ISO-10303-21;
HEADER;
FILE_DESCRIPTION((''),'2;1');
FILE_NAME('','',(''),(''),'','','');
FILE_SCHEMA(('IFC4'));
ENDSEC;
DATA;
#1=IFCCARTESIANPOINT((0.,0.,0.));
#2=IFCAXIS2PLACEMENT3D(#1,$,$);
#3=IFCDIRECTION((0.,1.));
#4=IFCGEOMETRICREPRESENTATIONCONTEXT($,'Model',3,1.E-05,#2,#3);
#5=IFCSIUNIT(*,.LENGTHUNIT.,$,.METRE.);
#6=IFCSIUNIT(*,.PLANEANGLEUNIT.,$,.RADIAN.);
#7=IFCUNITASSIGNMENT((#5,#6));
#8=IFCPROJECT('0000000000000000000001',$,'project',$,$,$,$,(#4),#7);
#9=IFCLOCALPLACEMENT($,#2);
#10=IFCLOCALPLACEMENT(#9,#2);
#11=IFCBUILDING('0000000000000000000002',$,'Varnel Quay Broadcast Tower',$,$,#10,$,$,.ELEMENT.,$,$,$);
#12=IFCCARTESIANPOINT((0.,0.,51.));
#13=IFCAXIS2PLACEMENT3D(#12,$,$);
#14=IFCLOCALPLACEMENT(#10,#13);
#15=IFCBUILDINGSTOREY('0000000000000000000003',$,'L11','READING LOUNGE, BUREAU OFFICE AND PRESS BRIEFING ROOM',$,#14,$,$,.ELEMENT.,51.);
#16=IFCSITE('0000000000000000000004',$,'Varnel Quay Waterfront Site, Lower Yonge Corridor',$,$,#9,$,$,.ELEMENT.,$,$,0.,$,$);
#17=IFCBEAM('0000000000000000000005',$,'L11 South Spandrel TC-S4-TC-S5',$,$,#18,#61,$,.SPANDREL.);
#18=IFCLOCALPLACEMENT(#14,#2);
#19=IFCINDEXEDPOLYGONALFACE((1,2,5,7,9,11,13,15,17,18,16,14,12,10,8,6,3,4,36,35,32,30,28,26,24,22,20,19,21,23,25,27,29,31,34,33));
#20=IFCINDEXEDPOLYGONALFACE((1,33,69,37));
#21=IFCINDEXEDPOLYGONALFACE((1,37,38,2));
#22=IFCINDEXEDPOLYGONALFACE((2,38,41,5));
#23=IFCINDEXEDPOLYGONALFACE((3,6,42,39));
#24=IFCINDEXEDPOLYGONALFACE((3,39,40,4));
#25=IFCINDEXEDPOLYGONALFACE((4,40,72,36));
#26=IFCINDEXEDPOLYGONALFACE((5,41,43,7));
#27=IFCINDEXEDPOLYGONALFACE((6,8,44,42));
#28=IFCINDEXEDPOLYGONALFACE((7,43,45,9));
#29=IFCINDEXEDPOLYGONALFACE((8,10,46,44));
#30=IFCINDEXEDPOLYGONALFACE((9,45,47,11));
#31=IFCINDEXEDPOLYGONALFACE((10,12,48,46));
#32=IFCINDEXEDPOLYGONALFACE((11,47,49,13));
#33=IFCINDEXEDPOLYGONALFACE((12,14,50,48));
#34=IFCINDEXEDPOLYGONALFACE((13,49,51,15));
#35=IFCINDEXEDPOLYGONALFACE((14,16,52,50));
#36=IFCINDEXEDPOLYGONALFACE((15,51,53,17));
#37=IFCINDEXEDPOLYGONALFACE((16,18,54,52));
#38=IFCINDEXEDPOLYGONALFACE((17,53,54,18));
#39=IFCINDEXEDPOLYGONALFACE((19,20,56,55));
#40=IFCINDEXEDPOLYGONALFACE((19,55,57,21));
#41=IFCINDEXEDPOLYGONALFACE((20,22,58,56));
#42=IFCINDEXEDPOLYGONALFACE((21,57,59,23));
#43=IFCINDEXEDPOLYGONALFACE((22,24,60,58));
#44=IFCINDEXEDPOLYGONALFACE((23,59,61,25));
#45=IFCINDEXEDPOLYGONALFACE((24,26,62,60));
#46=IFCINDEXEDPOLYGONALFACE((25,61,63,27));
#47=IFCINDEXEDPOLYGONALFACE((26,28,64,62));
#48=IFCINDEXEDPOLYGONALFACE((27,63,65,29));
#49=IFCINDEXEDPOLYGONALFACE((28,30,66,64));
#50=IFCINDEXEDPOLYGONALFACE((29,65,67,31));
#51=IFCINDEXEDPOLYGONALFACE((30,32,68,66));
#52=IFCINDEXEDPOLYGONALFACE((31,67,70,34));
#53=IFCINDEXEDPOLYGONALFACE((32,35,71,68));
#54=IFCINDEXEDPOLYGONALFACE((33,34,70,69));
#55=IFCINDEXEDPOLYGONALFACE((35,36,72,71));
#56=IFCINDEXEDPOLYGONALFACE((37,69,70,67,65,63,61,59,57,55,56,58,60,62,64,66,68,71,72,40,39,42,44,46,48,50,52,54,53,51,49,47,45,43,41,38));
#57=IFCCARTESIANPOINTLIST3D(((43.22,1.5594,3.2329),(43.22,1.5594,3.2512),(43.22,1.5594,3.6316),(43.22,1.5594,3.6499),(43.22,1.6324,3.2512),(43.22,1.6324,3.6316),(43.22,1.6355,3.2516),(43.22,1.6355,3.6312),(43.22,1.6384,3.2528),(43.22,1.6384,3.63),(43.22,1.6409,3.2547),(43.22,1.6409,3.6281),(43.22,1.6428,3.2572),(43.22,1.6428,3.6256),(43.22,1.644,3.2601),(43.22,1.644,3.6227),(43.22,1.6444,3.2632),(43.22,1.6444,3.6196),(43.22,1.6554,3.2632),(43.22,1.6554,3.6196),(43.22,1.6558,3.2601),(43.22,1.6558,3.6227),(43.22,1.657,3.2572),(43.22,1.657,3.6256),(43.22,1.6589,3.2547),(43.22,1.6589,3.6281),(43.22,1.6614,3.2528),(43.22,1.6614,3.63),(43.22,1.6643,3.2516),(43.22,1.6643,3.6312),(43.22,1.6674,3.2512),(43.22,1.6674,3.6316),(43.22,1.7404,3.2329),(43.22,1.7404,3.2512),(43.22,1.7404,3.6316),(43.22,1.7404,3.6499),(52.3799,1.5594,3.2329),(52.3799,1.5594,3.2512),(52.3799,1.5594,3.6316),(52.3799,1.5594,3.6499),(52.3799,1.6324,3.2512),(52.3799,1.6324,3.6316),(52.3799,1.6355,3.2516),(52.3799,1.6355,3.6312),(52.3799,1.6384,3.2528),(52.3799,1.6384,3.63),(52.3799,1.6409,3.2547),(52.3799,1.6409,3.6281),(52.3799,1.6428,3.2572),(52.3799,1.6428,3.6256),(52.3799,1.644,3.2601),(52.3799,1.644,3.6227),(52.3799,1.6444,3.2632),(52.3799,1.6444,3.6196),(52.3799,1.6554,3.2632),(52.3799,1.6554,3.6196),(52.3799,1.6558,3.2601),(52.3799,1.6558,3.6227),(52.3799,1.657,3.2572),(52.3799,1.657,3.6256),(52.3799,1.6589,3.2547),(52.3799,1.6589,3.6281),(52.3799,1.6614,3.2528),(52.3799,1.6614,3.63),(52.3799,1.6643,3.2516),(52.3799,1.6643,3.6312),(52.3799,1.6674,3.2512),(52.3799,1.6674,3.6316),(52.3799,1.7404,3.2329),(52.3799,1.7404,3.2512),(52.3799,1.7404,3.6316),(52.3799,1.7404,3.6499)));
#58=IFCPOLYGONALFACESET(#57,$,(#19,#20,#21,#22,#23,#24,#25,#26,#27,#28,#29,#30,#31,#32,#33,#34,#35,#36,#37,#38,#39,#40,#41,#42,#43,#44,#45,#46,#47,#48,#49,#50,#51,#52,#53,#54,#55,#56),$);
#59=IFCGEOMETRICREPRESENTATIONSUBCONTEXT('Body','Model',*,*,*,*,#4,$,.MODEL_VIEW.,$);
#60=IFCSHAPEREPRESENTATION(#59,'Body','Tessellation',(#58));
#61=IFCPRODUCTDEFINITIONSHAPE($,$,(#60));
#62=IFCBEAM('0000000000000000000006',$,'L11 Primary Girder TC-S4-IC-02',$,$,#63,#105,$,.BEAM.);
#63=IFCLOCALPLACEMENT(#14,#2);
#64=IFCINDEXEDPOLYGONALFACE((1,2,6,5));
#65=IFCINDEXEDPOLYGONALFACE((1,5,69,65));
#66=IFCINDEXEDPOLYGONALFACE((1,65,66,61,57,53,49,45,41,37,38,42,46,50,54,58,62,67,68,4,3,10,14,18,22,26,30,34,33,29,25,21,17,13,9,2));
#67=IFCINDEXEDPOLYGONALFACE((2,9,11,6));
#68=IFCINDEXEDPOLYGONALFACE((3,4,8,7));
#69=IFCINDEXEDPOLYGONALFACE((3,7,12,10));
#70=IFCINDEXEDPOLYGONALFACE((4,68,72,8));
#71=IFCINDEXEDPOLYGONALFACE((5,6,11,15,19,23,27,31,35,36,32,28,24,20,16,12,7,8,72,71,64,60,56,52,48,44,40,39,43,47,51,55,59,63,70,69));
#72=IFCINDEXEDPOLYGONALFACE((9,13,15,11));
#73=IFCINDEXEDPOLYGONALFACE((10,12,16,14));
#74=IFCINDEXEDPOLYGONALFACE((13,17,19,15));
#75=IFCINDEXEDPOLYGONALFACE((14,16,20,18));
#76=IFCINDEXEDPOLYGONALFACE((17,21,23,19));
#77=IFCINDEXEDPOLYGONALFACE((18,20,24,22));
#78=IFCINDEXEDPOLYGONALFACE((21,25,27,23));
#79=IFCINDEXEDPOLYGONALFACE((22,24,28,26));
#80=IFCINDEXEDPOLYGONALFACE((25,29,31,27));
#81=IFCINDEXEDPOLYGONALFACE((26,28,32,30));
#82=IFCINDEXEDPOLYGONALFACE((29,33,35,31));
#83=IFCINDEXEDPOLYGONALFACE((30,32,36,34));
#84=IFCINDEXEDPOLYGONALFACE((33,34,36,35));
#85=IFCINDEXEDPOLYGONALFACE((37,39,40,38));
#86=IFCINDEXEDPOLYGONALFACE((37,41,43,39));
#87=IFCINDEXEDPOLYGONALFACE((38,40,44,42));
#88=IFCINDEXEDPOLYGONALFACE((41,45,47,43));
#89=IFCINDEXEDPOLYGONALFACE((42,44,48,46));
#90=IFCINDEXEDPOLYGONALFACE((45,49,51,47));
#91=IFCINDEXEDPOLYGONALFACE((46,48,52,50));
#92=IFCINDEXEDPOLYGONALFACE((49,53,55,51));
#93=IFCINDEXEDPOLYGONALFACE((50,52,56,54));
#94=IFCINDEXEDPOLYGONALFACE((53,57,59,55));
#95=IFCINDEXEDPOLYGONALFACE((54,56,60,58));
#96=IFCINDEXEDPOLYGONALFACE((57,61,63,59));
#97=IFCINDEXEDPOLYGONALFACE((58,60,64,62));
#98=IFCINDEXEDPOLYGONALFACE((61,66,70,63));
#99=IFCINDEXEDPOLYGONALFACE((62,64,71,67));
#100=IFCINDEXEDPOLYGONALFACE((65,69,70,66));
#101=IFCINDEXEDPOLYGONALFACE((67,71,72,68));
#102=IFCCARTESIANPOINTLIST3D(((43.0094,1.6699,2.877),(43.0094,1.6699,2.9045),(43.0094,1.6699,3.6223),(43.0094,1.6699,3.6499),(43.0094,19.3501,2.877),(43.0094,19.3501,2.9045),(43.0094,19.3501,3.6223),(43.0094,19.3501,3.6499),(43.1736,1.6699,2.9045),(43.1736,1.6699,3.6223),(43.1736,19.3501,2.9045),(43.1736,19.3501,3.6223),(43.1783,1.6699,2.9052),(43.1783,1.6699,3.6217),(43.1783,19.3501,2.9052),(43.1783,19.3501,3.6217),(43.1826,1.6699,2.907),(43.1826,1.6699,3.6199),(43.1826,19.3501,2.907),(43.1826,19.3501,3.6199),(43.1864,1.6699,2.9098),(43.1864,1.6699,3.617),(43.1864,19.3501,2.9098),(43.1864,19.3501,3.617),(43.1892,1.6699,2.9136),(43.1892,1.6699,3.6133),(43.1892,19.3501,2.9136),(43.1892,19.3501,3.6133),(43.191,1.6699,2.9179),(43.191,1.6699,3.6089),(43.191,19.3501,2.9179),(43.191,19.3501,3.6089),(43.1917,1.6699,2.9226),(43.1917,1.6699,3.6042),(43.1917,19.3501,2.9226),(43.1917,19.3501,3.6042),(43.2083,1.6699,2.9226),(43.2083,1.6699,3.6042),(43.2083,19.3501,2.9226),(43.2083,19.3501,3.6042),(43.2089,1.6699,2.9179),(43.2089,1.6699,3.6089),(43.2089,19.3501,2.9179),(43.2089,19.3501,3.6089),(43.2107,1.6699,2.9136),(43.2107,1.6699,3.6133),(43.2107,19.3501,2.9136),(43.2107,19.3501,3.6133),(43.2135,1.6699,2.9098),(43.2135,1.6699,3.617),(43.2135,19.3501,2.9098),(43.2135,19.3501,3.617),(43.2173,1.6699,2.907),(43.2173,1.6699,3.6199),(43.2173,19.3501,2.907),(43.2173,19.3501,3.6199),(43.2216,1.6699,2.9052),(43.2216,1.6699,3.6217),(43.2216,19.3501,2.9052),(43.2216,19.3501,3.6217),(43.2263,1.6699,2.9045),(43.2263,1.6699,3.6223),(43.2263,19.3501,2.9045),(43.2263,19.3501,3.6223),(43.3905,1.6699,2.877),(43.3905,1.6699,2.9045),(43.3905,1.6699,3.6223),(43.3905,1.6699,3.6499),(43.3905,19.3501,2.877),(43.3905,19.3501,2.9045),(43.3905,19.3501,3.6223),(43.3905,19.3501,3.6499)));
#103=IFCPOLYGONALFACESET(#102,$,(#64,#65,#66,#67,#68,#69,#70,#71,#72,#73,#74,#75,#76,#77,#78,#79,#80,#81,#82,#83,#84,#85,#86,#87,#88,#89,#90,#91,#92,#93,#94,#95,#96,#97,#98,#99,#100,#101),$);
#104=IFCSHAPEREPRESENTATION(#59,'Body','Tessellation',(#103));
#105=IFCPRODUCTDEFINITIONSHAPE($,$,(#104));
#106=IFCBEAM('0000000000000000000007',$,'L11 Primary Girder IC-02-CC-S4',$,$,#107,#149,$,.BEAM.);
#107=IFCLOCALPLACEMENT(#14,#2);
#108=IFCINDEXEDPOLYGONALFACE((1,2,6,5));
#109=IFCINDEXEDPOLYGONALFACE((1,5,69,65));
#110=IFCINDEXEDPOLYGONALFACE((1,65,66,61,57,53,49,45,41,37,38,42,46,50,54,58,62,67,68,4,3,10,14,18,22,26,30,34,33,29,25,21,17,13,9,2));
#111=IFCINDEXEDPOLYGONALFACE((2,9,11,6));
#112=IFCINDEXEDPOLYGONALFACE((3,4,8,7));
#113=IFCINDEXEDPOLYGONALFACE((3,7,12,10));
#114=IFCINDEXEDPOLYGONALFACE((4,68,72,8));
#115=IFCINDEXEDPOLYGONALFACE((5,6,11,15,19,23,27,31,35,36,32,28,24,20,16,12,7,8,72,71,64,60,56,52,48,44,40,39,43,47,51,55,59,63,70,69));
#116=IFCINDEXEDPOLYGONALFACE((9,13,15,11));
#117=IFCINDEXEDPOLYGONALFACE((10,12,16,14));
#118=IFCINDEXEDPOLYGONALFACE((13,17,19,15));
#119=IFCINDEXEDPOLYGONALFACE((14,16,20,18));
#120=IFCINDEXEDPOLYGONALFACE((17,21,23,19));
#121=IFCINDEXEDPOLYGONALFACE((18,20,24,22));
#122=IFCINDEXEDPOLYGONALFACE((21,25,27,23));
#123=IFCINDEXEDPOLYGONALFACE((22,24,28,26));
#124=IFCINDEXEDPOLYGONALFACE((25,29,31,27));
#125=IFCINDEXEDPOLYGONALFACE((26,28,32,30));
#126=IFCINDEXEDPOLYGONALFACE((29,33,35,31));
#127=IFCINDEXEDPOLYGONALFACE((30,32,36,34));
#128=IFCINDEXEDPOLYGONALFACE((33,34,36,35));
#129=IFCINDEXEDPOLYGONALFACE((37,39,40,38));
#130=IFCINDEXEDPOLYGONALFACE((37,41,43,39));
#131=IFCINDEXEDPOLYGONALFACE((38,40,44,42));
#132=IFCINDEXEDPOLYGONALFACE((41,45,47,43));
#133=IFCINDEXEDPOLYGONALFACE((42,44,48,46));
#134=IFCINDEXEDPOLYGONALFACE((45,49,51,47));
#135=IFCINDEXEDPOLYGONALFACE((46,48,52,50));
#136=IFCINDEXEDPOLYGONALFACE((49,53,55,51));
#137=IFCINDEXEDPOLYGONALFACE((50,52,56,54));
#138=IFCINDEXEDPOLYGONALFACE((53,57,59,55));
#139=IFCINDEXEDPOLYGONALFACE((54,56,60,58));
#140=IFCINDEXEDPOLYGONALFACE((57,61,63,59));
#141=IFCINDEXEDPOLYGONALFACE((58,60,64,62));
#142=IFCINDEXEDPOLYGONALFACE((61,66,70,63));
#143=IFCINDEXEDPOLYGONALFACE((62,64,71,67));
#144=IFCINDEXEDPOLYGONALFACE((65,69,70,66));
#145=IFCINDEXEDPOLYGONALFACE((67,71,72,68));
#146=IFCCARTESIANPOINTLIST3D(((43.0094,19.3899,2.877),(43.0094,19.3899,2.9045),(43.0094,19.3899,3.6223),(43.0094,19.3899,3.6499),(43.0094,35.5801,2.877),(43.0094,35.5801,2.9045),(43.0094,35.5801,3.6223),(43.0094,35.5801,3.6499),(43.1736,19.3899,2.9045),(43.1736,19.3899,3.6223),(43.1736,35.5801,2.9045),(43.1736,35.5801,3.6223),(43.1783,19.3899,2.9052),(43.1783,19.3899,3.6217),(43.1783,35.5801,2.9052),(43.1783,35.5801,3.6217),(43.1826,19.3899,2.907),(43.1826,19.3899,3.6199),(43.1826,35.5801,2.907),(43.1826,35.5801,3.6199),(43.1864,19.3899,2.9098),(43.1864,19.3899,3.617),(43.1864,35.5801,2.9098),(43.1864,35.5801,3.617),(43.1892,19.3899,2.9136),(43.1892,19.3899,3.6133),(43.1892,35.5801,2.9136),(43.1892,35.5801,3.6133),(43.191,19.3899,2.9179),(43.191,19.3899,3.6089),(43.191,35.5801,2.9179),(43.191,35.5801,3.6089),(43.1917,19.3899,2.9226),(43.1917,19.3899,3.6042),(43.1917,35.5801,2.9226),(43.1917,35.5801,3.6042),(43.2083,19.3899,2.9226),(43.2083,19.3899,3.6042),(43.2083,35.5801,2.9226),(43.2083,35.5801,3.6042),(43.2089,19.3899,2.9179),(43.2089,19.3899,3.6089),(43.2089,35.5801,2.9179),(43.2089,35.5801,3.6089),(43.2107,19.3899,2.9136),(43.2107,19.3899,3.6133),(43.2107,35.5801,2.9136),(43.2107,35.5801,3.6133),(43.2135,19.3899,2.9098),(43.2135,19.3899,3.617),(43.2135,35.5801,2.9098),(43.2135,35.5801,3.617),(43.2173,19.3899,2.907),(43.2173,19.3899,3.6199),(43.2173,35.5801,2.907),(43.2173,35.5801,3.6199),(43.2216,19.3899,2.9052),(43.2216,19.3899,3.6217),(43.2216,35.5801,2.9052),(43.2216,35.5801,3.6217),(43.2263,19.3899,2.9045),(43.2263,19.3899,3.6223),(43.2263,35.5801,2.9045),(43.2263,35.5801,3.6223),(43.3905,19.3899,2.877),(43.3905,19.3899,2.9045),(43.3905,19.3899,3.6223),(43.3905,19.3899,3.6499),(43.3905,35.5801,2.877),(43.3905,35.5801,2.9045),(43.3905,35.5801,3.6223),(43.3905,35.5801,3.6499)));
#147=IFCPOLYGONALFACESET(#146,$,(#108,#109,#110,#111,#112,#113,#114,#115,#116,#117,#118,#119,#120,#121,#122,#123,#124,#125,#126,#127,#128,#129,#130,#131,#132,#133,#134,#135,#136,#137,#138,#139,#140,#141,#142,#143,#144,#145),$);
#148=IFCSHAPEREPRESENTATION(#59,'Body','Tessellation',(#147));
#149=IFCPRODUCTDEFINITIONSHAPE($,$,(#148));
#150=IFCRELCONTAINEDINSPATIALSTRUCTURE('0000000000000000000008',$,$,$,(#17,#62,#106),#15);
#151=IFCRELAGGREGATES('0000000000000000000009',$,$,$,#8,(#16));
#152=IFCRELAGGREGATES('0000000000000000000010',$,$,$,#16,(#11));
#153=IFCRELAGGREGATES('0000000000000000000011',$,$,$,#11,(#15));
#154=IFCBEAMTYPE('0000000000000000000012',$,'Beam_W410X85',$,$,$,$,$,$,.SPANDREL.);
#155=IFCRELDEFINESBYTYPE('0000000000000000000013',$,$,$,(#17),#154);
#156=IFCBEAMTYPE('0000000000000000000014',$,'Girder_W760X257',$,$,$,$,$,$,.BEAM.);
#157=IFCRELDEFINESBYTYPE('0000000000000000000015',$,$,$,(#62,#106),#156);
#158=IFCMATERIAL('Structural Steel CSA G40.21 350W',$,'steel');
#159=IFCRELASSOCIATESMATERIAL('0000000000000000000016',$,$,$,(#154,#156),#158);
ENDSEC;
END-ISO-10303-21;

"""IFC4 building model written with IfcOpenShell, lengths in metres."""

from ifc_helpers import new_model, si_unit, direction, frame, origin, origin_2d, place, context, subcontext, project, spatial, i_section, extrude, source, transform, mapped, material, material_profile, profile_set, type_object, type_shapes, element, save


model = new_model("IFC4")

# Units and contexts
model_context = context("Model", 3, precision=1e-05, world=origin(), true_north=direction((0.0, 1.0)))
body_context = subcontext(model_context, "Body", "Model", "MODEL_VIEW")
ifc_project = project(units=[si_unit("LENGTHUNIT", "METRE"), si_unit("PLANEANGLEUNIT", "RADIAN")], contexts=[model_context])

# Site, building, storey
site_placement = place(None, origin())
site = spatial("IfcSite", under=ifc_project, at=site_placement, Name="Varnel Quay Waterfront Site, Lower Yonge Corridor", CompositionType="ELEMENT", RefElevation=0.0)
building_placement = place(site_placement, origin())
building = spatial("IfcBuilding", under=site, at=building_placement, Name="Varnel Quay Broadcast Tower", CompositionType="ELEMENT")
storey_placement = place(building_placement, frame((0.0, 0.0, 51.0)))
storey = spatial("IfcBuildingStorey", under=building, at=storey_placement, Name="L11", Description="READING LOUNGE, BUREAU OFFICE AND PRESS BRIEFING ROOM", CompositionType="ELEMENT", Elevation=51.0)

# Shared definitions
ifc_material_1 = material(Name="Structural Steel CSA G40.21 350W", Category="steel")

# Beams
ifc_material_profile_1 = material_profile(ifc_material_1, i_section(OverallWidth=0.1809, OverallDepth=0.417, WebThickness=0.011, FlangeThickness=0.0183, FilletRadius=0.012, at=origin_2d()), Name="W410X85")
ifc_profile_set_1 = profile_set([ifc_material_profile_1], Name="Structural Steel CSA G40.21 350W")
beam_type_1 = type_object("IfcBeamType", Name="Beam_W410X85", PredefinedType="SPANDREL", material=ifc_profile_set_1)
shared_shape_1 = source(origin(), body_context, "Body", "SweptSolid", [
    extrude(i_section(OverallWidth=0.1809, OverallDepth=0.417, WebThickness=0.011, FlangeThickness=0.0183, FilletRadius=0.012, at=origin_2d()), origin(), (0.0, 0.0, 1.0), 9.1599),
])
type_shapes(beam_type_1, [shared_shape_1])
for number, where, z_axis, x_axis, name in (
    (1, (43.22, 1.6499, 3.4414), (1.0, 0.0, 0.0), (0.0, 1.0, 0.0), "L11 South Spandrel TC-S4-TC-S5"),
):
    element("IfcBeam", number, at=place(storey_placement, frame(where, z_axis=z_axis, x_axis=x_axis)), inside=storey, type_object=beam_type_1, Name=name, PredefinedType="SPANDREL", context=body_context, shape_type="MappedRepresentation", body=[
        mapped(shared_shape_1, transform((0.0, 0.0, 0.0), x_axis=(1.0, 0.0, 0.0), y_axis=(0.0, 1.0, 0.0), z_axis=(0.0, 0.0, 1.0), scale=1.0)),
    ])
ifc_material_profile_2 = material_profile(ifc_material_1, i_section(OverallWidth=0.3811, OverallDepth=0.7729, WebThickness=0.0166, FlangeThickness=0.0276, FilletRadius=0.0181, at=origin_2d()), Name="W760X257")
ifc_profile_set_2 = profile_set([ifc_material_profile_2], Name="Structural Steel CSA G40.21 350W")
beam_type_2 = type_object("IfcBeamType", Name="Girder_W760X257", PredefinedType="BEAM", material=ifc_profile_set_2)
shared_shape_2 = source(origin(), body_context, "Body", "SweptSolid", [
    extrude(i_section(OverallWidth=0.3811, OverallDepth=0.7729, WebThickness=0.0166, FlangeThickness=0.0276, FilletRadius=0.0181, at=origin_2d()), origin(), (0.0, 0.0, 1.0), 17.6802),
])
beam_1_placement = place(storey_placement, frame((43.2, 1.6699, 3.2634), z_axis=(0.0, 1.0, 0.0), x_axis=(-1.0, 0.0, 0.0)))
element("IfcBeam", 2, at=beam_1_placement, inside=storey, type_object=beam_type_2, Name="L11 Primary Girder TC-S4-IC-02", PredefinedType="BEAM", context=body_context, shape_type="MappedRepresentation", body=[
    mapped(shared_shape_2, transform((0.0, 0.0, 0.0), x_axis=(1.0, 0.0, 0.0), y_axis=(0.0, 1.0, 0.0), z_axis=(0.0, 0.0, 1.0), scale=1.0)),
])
shared_shape_3 = source(origin(), body_context, "Body", "SweptSolid", [
    extrude(i_section(OverallWidth=0.3811, OverallDepth=0.7729, WebThickness=0.0166, FlangeThickness=0.0276, FilletRadius=0.0181, at=origin_2d()), origin(), (0.0, 0.0, 1.0), 16.1902),
])
beam_2_placement = place(storey_placement, frame((43.2, 19.3899, 3.2634), z_axis=(0.0, 1.0, 0.0), x_axis=(-1.0, 0.0, 0.0)))
element("IfcBeam", 3, at=beam_2_placement, inside=storey, type_object=beam_type_2, Name="L11 Primary Girder IC-02-CC-S4", PredefinedType="BEAM", context=body_context, shape_type="MappedRepresentation", body=[
    mapped(shared_shape_3, transform((0.0, 0.0, 0.0), x_axis=(1.0, 0.0, 0.0), y_axis=(0.0, 1.0, 0.0), z_axis=(0.0, 0.0, 1.0), scale=1.0)),
])

save(model, "model.ifc")
